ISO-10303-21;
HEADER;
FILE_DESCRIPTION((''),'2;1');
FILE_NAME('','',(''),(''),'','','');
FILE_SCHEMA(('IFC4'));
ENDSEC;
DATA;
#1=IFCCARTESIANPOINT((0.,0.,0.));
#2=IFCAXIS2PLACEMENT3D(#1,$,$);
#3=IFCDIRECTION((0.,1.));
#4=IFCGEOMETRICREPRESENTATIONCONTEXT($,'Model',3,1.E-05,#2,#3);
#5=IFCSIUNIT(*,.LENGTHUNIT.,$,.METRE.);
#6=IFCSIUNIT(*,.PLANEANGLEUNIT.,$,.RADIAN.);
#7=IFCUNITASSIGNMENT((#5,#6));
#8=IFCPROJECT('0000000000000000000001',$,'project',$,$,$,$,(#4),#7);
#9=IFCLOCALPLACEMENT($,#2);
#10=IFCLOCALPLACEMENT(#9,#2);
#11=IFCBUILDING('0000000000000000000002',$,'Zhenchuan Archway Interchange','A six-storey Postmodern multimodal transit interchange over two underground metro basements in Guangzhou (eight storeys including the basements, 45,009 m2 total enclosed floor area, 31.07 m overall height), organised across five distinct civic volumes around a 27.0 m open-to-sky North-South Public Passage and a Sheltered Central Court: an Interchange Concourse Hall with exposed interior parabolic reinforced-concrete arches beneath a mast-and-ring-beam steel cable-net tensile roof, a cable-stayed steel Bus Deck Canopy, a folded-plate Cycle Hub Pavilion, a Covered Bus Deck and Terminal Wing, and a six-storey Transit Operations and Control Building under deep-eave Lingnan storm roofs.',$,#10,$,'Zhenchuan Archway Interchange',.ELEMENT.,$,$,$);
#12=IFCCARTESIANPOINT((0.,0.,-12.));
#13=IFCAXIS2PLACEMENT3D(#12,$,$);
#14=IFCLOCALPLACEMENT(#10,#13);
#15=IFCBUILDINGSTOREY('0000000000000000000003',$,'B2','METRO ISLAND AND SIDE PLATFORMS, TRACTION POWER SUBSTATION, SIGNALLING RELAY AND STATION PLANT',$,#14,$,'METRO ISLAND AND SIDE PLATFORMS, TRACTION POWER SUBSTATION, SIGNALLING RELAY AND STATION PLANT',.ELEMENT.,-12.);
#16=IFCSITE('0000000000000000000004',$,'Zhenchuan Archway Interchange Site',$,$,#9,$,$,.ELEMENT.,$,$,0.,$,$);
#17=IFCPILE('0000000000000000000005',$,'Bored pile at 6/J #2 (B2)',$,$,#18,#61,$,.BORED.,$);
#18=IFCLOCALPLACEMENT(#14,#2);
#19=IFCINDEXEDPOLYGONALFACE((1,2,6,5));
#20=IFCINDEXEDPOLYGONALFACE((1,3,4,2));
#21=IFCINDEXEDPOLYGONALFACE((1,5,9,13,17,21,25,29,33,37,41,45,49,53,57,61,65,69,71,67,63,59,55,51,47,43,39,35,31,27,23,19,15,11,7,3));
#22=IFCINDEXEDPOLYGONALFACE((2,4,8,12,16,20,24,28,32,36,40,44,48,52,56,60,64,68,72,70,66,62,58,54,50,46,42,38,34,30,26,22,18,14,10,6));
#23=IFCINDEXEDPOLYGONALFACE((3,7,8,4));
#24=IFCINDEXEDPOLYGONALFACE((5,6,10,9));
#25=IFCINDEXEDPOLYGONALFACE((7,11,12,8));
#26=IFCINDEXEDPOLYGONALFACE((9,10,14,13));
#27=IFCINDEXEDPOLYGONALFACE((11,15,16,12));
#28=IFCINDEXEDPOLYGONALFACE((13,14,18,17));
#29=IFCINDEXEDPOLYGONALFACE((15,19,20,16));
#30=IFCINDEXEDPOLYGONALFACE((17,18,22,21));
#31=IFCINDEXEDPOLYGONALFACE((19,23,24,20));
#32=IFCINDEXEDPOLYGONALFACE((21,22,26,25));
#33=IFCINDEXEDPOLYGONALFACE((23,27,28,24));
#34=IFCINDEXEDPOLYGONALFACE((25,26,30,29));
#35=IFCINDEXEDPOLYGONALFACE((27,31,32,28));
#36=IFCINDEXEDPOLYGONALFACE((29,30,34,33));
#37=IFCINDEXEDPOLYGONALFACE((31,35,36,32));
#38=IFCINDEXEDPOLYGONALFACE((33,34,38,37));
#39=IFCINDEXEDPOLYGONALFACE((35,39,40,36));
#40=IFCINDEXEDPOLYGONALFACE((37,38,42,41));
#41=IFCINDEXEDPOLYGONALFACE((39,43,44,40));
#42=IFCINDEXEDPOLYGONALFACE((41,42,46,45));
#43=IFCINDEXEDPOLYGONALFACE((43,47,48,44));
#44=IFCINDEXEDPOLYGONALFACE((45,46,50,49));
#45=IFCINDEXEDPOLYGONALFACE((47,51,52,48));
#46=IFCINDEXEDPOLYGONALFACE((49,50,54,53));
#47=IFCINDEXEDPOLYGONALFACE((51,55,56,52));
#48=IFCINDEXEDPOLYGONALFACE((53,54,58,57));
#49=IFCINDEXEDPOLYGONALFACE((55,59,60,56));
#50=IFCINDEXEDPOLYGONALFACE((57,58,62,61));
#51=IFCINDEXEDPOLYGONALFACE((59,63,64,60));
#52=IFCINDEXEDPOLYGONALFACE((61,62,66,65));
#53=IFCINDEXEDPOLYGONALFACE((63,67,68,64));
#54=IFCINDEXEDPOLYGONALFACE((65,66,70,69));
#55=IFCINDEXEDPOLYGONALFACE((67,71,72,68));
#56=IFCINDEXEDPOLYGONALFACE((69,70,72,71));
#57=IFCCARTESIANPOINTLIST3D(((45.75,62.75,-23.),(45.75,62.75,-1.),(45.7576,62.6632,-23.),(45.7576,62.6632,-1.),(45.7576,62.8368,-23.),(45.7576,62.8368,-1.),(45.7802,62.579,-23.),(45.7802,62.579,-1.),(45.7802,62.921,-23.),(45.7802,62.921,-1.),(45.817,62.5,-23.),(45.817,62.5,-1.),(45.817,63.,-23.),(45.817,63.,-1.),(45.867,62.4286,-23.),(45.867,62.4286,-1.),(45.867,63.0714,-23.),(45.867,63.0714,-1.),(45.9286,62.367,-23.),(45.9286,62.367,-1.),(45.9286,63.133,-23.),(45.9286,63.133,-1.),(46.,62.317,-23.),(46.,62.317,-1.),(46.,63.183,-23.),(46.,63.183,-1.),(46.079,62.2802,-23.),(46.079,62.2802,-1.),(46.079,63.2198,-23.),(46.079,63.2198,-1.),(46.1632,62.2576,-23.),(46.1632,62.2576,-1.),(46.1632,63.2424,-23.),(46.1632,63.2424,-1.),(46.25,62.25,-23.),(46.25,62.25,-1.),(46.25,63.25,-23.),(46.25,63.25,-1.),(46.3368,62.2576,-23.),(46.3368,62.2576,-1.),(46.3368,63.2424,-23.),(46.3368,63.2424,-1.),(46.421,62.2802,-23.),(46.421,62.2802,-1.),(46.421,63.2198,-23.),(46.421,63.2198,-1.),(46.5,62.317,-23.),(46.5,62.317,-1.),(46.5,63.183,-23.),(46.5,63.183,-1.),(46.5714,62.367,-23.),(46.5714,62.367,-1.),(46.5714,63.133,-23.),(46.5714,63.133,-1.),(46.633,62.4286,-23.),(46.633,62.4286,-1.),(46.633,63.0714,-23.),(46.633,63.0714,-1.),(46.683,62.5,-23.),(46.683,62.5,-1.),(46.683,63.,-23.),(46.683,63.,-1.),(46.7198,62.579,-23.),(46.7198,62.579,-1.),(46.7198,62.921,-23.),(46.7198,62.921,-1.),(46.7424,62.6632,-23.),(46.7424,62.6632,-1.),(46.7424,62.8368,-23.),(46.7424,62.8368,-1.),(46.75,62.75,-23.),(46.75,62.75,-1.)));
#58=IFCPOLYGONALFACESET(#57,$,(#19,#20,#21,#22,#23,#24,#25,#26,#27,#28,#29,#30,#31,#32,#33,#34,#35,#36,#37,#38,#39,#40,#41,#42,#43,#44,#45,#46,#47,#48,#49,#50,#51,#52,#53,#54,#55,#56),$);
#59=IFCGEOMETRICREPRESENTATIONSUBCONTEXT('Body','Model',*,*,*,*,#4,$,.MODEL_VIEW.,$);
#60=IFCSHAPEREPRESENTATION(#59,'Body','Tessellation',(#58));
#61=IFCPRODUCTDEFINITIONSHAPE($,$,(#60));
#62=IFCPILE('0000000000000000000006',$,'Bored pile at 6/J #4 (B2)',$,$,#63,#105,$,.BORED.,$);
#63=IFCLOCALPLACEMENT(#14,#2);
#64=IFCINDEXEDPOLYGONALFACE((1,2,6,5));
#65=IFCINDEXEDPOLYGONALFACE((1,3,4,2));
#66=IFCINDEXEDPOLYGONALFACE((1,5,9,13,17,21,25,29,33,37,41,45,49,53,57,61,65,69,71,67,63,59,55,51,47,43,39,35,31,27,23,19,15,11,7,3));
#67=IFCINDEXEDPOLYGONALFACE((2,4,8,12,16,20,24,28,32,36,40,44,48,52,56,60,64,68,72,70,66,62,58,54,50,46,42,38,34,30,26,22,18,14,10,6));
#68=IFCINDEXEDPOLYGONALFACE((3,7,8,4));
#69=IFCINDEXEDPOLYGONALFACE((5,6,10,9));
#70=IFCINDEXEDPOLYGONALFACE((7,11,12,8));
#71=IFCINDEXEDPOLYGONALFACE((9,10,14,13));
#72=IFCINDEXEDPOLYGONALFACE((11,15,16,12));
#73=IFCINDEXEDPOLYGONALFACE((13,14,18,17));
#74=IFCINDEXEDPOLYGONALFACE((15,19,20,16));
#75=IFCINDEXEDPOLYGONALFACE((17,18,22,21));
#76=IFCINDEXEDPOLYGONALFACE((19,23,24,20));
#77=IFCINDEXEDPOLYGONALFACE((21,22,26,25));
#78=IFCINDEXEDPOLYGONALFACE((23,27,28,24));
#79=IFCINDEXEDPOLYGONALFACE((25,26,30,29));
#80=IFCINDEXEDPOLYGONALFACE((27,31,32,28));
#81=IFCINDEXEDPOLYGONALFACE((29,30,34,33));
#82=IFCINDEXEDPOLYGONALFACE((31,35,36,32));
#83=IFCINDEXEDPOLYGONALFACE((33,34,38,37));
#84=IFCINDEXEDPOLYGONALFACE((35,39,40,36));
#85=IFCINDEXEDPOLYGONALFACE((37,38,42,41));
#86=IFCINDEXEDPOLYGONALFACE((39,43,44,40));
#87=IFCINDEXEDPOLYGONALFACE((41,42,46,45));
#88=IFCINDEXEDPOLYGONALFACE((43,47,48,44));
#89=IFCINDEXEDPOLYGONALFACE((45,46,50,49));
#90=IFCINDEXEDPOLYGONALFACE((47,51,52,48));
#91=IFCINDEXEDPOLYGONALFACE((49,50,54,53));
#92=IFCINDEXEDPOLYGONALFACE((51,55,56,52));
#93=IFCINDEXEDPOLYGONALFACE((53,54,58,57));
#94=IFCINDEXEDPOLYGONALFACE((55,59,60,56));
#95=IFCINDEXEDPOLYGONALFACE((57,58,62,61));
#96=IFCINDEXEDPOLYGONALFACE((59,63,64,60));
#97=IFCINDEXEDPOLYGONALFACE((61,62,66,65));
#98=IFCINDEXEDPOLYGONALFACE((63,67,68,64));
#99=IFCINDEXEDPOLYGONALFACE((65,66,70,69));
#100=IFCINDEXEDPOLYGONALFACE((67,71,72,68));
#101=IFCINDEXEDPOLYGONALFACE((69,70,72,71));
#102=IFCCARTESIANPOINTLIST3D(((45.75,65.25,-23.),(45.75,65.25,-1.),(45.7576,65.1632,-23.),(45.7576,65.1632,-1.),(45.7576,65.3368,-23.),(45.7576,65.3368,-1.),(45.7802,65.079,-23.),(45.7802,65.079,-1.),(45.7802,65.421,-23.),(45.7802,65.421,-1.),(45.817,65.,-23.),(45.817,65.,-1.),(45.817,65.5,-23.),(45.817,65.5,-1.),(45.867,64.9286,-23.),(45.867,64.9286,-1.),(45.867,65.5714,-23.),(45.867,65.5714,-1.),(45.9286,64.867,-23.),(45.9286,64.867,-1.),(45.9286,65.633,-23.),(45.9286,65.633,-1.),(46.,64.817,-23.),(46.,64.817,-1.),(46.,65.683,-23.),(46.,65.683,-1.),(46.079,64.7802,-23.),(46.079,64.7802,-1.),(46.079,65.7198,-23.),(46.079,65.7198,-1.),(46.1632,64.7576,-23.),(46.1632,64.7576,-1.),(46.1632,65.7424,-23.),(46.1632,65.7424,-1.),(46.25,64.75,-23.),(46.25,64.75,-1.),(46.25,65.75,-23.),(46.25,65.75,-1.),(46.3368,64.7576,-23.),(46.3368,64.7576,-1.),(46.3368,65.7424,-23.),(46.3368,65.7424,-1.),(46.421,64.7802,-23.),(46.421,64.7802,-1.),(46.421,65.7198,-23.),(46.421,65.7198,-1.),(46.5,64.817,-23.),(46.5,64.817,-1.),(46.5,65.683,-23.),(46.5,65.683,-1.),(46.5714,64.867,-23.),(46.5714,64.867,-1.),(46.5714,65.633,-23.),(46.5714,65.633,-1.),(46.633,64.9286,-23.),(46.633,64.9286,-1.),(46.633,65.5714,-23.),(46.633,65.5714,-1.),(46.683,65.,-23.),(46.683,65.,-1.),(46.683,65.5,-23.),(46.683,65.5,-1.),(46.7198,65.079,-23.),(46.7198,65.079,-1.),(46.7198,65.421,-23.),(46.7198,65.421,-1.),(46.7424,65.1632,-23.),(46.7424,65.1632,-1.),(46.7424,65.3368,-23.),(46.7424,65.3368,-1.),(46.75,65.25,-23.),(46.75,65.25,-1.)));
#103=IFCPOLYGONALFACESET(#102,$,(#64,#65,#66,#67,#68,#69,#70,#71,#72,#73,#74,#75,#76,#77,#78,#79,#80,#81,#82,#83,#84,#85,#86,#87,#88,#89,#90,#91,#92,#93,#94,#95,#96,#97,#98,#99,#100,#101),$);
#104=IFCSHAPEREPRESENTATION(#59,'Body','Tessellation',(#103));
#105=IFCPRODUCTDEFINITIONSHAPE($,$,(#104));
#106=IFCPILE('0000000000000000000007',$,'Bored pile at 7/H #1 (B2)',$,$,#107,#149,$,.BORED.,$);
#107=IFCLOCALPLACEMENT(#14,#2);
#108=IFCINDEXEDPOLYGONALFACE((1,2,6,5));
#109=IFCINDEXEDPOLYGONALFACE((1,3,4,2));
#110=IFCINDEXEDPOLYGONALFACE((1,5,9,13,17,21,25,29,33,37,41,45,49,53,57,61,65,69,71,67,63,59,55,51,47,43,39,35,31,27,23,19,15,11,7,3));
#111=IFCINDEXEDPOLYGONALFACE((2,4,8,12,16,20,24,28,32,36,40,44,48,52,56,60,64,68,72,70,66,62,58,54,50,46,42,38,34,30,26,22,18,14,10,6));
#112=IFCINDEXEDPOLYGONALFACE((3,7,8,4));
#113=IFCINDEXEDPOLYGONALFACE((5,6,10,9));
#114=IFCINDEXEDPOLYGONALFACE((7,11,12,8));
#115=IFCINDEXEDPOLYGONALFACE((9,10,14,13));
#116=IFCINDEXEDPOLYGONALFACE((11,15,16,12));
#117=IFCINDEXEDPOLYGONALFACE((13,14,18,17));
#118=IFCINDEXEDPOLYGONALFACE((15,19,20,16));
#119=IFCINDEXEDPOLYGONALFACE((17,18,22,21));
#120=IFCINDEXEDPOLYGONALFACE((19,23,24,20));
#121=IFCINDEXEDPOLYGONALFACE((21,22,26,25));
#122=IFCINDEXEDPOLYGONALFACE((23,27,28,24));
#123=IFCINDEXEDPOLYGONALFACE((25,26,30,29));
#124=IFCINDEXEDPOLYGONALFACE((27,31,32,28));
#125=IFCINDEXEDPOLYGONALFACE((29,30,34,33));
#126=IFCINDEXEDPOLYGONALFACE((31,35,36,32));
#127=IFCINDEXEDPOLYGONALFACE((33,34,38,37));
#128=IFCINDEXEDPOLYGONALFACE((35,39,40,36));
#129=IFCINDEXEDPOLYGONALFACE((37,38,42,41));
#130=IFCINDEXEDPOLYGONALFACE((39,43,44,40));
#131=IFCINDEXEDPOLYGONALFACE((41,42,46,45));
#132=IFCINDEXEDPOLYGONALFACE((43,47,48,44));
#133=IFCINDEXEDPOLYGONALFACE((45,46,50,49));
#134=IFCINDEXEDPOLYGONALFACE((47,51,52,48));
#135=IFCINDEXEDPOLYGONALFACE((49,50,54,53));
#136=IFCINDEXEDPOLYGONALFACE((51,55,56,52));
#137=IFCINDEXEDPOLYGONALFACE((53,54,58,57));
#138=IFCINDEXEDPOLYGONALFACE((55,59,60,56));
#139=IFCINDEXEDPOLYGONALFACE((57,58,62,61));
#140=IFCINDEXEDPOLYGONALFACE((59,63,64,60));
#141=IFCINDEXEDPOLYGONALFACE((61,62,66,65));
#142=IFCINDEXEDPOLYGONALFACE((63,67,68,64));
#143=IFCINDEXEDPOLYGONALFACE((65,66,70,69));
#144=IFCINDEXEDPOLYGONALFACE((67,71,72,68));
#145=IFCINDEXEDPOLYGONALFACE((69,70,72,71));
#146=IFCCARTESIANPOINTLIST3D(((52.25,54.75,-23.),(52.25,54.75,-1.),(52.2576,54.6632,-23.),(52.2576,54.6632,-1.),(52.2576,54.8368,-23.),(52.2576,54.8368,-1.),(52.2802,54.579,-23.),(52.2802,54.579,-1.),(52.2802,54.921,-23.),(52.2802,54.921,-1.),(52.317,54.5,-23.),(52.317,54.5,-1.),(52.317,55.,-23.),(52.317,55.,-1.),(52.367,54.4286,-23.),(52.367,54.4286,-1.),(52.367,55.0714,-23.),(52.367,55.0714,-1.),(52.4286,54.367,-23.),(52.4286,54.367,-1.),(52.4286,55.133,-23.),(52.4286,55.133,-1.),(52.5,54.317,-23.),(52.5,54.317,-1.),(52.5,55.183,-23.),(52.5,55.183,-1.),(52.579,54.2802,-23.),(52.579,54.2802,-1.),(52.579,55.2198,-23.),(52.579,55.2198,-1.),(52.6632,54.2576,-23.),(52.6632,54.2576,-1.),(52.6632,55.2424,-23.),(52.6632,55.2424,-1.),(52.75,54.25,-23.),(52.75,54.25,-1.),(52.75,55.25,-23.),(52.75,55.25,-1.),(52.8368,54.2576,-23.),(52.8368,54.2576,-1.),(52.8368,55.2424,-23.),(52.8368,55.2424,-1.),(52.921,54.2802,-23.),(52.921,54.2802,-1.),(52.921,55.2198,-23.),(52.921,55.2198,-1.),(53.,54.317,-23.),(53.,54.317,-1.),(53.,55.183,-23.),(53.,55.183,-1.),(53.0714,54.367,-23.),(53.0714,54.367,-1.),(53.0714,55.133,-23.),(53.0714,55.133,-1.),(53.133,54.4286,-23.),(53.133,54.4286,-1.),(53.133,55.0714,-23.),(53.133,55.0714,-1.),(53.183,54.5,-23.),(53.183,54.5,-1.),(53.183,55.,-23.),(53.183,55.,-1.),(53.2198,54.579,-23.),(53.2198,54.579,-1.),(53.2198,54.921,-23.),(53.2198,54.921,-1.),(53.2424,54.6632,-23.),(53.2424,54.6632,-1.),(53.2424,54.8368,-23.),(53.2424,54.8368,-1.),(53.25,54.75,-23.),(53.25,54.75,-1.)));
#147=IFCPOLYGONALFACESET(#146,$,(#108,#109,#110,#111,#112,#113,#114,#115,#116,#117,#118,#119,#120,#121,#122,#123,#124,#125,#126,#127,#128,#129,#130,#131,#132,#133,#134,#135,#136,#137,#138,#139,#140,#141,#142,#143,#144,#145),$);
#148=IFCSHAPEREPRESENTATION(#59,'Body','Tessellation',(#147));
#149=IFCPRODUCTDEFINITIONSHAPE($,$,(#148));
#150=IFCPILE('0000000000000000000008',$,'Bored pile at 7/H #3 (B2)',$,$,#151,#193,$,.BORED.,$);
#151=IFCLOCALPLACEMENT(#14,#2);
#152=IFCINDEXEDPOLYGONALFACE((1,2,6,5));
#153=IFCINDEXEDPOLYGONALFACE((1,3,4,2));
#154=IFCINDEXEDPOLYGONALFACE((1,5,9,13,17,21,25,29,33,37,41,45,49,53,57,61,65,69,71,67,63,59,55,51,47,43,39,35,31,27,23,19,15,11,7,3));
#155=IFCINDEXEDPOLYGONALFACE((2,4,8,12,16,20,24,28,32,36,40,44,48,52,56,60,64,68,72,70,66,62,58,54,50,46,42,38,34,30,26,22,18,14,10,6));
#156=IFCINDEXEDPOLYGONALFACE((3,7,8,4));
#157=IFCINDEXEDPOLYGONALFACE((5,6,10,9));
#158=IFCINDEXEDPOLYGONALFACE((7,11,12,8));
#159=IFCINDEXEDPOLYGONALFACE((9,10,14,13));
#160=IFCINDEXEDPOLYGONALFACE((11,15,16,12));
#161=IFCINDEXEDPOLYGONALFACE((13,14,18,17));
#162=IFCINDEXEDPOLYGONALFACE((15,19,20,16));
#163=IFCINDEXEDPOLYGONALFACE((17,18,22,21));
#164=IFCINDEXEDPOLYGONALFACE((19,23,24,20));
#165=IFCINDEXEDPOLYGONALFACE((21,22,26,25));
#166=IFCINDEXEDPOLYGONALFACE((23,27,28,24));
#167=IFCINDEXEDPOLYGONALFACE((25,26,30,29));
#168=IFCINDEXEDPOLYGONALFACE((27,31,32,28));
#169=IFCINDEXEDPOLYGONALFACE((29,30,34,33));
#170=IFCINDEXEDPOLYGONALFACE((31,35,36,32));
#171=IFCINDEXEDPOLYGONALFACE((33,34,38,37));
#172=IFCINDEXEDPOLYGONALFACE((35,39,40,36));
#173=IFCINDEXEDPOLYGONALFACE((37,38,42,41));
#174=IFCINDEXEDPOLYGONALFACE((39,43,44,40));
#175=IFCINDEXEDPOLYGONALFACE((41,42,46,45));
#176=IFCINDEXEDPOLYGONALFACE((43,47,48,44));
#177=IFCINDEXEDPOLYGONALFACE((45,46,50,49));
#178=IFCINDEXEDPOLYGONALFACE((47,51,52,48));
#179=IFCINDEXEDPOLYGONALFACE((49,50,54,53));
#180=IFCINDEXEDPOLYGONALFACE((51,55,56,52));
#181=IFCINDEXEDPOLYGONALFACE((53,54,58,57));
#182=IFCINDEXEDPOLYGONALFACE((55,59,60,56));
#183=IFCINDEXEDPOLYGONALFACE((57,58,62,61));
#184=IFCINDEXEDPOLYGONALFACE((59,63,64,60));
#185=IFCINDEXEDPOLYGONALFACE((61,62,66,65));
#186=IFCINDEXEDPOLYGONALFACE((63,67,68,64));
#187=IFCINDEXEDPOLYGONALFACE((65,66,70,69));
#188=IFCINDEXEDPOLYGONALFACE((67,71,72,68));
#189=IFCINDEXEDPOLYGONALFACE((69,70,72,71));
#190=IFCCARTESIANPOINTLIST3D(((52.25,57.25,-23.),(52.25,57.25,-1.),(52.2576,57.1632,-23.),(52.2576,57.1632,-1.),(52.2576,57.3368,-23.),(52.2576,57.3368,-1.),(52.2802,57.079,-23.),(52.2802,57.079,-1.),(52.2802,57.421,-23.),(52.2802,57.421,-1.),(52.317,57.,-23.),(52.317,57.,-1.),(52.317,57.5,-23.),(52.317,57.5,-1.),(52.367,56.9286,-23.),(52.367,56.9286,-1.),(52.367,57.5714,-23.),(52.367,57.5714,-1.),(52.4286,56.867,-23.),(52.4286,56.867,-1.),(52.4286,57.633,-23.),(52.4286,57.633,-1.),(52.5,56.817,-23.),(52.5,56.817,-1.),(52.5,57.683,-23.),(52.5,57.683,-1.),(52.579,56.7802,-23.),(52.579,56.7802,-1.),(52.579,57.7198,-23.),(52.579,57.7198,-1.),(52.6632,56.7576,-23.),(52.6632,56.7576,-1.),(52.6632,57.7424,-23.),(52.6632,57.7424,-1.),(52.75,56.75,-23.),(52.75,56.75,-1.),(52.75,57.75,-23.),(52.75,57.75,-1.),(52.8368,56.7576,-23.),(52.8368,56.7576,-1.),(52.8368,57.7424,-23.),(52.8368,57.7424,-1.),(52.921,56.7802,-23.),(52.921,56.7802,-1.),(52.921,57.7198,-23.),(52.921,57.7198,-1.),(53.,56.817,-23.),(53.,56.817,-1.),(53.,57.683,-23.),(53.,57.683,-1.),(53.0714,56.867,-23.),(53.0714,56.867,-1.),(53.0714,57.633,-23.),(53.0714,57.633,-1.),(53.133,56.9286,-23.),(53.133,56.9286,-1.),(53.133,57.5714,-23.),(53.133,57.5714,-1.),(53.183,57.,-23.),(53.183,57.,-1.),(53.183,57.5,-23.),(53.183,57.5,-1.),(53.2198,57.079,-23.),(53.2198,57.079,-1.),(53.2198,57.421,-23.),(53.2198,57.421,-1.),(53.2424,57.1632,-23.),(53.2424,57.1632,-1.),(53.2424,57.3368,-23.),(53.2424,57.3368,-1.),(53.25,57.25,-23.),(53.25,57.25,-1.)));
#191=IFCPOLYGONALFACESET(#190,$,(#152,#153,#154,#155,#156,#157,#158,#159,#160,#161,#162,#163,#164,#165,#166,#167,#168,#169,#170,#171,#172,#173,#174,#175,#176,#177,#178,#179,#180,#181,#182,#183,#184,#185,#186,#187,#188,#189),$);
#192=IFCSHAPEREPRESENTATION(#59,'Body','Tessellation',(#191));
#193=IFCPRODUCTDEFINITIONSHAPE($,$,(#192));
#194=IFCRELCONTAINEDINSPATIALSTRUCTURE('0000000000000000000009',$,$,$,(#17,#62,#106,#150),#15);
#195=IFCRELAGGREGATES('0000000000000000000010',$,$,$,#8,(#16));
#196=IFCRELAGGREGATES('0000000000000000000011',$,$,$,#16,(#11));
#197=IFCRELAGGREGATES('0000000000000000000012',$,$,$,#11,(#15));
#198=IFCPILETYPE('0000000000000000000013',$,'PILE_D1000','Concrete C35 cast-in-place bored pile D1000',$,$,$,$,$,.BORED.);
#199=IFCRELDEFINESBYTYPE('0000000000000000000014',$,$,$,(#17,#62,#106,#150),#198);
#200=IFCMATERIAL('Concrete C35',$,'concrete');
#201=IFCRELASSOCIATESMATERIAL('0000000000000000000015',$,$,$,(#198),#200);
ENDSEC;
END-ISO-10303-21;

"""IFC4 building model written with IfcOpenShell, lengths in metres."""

from ifc_helpers import new_model, si_unit, direction, frame, origin, origin_2d, place, context, subcontext, project, spatial, circle, extrude, material, material_profile, profile_set, type_object, element, save


model = new_model("IFC4")

# Units and contexts
model_context = context("Model", 3, precision=1e-05, world=origin(), true_north=direction((0.0, 1.0)))
body_context = subcontext(model_context, "Body", "Model", "MODEL_VIEW")
ifc_project = project(units=[si_unit("LENGTHUNIT", "METRE"), si_unit("PLANEANGLEUNIT", "RADIAN")], contexts=[model_context])

# Site, building, storey
site_placement = place(None, origin())
site = spatial("IfcSite", under=ifc_project, at=site_placement, Name="Zhenchuan Archway Interchange Site", CompositionType="ELEMENT", RefElevation=0.0)
building_placement = place(site_placement, origin())
building = spatial("IfcBuilding", under=site, at=building_placement, Name="Zhenchuan Archway Interchange", Description="A six-storey Postmodern multimodal transit interchange over two underground metro basements in Guangzhou (eight storeys including the basements, 45,009 m2 total enclosed floor area, 31.07 m overall height), organised across five distinct civic volumes around a 27.0 m open-to-sky North-South Public Passage and a Sheltered Central Court: an Interchange Concourse Hall with exposed interior parabolic reinforced-concrete arches beneath a mast-and-ring-beam steel cable-net tensile roof, a cable-stayed steel Bus Deck Canopy, a folded-plate Cycle Hub Pavilion, a Covered Bus Deck and Terminal Wing, and a six-storey Transit Operations and Control Building under deep-eave Lingnan storm roofs.", LongName="Zhenchuan Archway Interchange", CompositionType="ELEMENT")
storey_placement = place(building_placement, frame((0.0, 0.0, -12.0)))
storey = spatial("IfcBuildingStorey", under=building, at=storey_placement, Name="B2", Description="METRO ISLAND AND SIDE PLATFORMS, TRACTION POWER SUBSTATION, SIGNALLING RELAY AND STATION PLANT", LongName="METRO ISLAND AND SIDE PLATFORMS, TRACTION POWER SUBSTATION, SIGNALLING RELAY AND STATION PLANT", CompositionType="ELEMENT", Elevation=-12.0)

# Piles
ifc_material_1 = material(Name="Concrete C35", Category="concrete")
ifc_material_profile_1 = material_profile(ifc_material_1, circle(Radius=0.5, at=origin_2d()), Name="BORED PILE 1000")
ifc_profile_set_1 = profile_set([ifc_material_profile_1], Name="Concrete C35")
pile_type_1 = type_object("IfcPileType", Name="PILE_D1000", Description="Concrete C35 cast-in-place bored pile D1000", PredefinedType="BORED", material=ifc_profile_set_1)
for number, where, z_axis, x_axis, name in (
    (1, (46.25, 62.75, -1.0), (0.0, 0.0, -1.0), (1.0, 0.0, 0.0), "Bored pile at 6/J #2 (B2)"),
    (2, (46.25, 65.25, -1.0), (0.0, 0.0, -1.0), (1.0, 0.0, 0.0), "Bored pile at 6/J #4 (B2)"),
    (3, (52.75, 54.75, -1.0), (0.0, 0.0, -1.0), (1.0, 0.0, 0.0), "Bored pile at 7/H #1 (B2)"),
    (4, (52.75, 57.25, -1.0), (0.0, 0.0, -1.0), (1.0, 0.0, 0.0), "Bored pile at 7/H #3 (B2)"),
):
    element("IfcPile", number, at=place(storey_placement, frame(where, z_axis=z_axis, x_axis=x_axis)), inside=storey, type_object=pile_type_1, Name=name, PredefinedType="BORED", context=body_context, shape_type="SweptSolid", body=[
        extrude(circle(Radius=0.5, at=origin_2d()), origin(), (0.0, 0.0, 1.0), 22.0),
    ])

save(model, "model.ifc")
